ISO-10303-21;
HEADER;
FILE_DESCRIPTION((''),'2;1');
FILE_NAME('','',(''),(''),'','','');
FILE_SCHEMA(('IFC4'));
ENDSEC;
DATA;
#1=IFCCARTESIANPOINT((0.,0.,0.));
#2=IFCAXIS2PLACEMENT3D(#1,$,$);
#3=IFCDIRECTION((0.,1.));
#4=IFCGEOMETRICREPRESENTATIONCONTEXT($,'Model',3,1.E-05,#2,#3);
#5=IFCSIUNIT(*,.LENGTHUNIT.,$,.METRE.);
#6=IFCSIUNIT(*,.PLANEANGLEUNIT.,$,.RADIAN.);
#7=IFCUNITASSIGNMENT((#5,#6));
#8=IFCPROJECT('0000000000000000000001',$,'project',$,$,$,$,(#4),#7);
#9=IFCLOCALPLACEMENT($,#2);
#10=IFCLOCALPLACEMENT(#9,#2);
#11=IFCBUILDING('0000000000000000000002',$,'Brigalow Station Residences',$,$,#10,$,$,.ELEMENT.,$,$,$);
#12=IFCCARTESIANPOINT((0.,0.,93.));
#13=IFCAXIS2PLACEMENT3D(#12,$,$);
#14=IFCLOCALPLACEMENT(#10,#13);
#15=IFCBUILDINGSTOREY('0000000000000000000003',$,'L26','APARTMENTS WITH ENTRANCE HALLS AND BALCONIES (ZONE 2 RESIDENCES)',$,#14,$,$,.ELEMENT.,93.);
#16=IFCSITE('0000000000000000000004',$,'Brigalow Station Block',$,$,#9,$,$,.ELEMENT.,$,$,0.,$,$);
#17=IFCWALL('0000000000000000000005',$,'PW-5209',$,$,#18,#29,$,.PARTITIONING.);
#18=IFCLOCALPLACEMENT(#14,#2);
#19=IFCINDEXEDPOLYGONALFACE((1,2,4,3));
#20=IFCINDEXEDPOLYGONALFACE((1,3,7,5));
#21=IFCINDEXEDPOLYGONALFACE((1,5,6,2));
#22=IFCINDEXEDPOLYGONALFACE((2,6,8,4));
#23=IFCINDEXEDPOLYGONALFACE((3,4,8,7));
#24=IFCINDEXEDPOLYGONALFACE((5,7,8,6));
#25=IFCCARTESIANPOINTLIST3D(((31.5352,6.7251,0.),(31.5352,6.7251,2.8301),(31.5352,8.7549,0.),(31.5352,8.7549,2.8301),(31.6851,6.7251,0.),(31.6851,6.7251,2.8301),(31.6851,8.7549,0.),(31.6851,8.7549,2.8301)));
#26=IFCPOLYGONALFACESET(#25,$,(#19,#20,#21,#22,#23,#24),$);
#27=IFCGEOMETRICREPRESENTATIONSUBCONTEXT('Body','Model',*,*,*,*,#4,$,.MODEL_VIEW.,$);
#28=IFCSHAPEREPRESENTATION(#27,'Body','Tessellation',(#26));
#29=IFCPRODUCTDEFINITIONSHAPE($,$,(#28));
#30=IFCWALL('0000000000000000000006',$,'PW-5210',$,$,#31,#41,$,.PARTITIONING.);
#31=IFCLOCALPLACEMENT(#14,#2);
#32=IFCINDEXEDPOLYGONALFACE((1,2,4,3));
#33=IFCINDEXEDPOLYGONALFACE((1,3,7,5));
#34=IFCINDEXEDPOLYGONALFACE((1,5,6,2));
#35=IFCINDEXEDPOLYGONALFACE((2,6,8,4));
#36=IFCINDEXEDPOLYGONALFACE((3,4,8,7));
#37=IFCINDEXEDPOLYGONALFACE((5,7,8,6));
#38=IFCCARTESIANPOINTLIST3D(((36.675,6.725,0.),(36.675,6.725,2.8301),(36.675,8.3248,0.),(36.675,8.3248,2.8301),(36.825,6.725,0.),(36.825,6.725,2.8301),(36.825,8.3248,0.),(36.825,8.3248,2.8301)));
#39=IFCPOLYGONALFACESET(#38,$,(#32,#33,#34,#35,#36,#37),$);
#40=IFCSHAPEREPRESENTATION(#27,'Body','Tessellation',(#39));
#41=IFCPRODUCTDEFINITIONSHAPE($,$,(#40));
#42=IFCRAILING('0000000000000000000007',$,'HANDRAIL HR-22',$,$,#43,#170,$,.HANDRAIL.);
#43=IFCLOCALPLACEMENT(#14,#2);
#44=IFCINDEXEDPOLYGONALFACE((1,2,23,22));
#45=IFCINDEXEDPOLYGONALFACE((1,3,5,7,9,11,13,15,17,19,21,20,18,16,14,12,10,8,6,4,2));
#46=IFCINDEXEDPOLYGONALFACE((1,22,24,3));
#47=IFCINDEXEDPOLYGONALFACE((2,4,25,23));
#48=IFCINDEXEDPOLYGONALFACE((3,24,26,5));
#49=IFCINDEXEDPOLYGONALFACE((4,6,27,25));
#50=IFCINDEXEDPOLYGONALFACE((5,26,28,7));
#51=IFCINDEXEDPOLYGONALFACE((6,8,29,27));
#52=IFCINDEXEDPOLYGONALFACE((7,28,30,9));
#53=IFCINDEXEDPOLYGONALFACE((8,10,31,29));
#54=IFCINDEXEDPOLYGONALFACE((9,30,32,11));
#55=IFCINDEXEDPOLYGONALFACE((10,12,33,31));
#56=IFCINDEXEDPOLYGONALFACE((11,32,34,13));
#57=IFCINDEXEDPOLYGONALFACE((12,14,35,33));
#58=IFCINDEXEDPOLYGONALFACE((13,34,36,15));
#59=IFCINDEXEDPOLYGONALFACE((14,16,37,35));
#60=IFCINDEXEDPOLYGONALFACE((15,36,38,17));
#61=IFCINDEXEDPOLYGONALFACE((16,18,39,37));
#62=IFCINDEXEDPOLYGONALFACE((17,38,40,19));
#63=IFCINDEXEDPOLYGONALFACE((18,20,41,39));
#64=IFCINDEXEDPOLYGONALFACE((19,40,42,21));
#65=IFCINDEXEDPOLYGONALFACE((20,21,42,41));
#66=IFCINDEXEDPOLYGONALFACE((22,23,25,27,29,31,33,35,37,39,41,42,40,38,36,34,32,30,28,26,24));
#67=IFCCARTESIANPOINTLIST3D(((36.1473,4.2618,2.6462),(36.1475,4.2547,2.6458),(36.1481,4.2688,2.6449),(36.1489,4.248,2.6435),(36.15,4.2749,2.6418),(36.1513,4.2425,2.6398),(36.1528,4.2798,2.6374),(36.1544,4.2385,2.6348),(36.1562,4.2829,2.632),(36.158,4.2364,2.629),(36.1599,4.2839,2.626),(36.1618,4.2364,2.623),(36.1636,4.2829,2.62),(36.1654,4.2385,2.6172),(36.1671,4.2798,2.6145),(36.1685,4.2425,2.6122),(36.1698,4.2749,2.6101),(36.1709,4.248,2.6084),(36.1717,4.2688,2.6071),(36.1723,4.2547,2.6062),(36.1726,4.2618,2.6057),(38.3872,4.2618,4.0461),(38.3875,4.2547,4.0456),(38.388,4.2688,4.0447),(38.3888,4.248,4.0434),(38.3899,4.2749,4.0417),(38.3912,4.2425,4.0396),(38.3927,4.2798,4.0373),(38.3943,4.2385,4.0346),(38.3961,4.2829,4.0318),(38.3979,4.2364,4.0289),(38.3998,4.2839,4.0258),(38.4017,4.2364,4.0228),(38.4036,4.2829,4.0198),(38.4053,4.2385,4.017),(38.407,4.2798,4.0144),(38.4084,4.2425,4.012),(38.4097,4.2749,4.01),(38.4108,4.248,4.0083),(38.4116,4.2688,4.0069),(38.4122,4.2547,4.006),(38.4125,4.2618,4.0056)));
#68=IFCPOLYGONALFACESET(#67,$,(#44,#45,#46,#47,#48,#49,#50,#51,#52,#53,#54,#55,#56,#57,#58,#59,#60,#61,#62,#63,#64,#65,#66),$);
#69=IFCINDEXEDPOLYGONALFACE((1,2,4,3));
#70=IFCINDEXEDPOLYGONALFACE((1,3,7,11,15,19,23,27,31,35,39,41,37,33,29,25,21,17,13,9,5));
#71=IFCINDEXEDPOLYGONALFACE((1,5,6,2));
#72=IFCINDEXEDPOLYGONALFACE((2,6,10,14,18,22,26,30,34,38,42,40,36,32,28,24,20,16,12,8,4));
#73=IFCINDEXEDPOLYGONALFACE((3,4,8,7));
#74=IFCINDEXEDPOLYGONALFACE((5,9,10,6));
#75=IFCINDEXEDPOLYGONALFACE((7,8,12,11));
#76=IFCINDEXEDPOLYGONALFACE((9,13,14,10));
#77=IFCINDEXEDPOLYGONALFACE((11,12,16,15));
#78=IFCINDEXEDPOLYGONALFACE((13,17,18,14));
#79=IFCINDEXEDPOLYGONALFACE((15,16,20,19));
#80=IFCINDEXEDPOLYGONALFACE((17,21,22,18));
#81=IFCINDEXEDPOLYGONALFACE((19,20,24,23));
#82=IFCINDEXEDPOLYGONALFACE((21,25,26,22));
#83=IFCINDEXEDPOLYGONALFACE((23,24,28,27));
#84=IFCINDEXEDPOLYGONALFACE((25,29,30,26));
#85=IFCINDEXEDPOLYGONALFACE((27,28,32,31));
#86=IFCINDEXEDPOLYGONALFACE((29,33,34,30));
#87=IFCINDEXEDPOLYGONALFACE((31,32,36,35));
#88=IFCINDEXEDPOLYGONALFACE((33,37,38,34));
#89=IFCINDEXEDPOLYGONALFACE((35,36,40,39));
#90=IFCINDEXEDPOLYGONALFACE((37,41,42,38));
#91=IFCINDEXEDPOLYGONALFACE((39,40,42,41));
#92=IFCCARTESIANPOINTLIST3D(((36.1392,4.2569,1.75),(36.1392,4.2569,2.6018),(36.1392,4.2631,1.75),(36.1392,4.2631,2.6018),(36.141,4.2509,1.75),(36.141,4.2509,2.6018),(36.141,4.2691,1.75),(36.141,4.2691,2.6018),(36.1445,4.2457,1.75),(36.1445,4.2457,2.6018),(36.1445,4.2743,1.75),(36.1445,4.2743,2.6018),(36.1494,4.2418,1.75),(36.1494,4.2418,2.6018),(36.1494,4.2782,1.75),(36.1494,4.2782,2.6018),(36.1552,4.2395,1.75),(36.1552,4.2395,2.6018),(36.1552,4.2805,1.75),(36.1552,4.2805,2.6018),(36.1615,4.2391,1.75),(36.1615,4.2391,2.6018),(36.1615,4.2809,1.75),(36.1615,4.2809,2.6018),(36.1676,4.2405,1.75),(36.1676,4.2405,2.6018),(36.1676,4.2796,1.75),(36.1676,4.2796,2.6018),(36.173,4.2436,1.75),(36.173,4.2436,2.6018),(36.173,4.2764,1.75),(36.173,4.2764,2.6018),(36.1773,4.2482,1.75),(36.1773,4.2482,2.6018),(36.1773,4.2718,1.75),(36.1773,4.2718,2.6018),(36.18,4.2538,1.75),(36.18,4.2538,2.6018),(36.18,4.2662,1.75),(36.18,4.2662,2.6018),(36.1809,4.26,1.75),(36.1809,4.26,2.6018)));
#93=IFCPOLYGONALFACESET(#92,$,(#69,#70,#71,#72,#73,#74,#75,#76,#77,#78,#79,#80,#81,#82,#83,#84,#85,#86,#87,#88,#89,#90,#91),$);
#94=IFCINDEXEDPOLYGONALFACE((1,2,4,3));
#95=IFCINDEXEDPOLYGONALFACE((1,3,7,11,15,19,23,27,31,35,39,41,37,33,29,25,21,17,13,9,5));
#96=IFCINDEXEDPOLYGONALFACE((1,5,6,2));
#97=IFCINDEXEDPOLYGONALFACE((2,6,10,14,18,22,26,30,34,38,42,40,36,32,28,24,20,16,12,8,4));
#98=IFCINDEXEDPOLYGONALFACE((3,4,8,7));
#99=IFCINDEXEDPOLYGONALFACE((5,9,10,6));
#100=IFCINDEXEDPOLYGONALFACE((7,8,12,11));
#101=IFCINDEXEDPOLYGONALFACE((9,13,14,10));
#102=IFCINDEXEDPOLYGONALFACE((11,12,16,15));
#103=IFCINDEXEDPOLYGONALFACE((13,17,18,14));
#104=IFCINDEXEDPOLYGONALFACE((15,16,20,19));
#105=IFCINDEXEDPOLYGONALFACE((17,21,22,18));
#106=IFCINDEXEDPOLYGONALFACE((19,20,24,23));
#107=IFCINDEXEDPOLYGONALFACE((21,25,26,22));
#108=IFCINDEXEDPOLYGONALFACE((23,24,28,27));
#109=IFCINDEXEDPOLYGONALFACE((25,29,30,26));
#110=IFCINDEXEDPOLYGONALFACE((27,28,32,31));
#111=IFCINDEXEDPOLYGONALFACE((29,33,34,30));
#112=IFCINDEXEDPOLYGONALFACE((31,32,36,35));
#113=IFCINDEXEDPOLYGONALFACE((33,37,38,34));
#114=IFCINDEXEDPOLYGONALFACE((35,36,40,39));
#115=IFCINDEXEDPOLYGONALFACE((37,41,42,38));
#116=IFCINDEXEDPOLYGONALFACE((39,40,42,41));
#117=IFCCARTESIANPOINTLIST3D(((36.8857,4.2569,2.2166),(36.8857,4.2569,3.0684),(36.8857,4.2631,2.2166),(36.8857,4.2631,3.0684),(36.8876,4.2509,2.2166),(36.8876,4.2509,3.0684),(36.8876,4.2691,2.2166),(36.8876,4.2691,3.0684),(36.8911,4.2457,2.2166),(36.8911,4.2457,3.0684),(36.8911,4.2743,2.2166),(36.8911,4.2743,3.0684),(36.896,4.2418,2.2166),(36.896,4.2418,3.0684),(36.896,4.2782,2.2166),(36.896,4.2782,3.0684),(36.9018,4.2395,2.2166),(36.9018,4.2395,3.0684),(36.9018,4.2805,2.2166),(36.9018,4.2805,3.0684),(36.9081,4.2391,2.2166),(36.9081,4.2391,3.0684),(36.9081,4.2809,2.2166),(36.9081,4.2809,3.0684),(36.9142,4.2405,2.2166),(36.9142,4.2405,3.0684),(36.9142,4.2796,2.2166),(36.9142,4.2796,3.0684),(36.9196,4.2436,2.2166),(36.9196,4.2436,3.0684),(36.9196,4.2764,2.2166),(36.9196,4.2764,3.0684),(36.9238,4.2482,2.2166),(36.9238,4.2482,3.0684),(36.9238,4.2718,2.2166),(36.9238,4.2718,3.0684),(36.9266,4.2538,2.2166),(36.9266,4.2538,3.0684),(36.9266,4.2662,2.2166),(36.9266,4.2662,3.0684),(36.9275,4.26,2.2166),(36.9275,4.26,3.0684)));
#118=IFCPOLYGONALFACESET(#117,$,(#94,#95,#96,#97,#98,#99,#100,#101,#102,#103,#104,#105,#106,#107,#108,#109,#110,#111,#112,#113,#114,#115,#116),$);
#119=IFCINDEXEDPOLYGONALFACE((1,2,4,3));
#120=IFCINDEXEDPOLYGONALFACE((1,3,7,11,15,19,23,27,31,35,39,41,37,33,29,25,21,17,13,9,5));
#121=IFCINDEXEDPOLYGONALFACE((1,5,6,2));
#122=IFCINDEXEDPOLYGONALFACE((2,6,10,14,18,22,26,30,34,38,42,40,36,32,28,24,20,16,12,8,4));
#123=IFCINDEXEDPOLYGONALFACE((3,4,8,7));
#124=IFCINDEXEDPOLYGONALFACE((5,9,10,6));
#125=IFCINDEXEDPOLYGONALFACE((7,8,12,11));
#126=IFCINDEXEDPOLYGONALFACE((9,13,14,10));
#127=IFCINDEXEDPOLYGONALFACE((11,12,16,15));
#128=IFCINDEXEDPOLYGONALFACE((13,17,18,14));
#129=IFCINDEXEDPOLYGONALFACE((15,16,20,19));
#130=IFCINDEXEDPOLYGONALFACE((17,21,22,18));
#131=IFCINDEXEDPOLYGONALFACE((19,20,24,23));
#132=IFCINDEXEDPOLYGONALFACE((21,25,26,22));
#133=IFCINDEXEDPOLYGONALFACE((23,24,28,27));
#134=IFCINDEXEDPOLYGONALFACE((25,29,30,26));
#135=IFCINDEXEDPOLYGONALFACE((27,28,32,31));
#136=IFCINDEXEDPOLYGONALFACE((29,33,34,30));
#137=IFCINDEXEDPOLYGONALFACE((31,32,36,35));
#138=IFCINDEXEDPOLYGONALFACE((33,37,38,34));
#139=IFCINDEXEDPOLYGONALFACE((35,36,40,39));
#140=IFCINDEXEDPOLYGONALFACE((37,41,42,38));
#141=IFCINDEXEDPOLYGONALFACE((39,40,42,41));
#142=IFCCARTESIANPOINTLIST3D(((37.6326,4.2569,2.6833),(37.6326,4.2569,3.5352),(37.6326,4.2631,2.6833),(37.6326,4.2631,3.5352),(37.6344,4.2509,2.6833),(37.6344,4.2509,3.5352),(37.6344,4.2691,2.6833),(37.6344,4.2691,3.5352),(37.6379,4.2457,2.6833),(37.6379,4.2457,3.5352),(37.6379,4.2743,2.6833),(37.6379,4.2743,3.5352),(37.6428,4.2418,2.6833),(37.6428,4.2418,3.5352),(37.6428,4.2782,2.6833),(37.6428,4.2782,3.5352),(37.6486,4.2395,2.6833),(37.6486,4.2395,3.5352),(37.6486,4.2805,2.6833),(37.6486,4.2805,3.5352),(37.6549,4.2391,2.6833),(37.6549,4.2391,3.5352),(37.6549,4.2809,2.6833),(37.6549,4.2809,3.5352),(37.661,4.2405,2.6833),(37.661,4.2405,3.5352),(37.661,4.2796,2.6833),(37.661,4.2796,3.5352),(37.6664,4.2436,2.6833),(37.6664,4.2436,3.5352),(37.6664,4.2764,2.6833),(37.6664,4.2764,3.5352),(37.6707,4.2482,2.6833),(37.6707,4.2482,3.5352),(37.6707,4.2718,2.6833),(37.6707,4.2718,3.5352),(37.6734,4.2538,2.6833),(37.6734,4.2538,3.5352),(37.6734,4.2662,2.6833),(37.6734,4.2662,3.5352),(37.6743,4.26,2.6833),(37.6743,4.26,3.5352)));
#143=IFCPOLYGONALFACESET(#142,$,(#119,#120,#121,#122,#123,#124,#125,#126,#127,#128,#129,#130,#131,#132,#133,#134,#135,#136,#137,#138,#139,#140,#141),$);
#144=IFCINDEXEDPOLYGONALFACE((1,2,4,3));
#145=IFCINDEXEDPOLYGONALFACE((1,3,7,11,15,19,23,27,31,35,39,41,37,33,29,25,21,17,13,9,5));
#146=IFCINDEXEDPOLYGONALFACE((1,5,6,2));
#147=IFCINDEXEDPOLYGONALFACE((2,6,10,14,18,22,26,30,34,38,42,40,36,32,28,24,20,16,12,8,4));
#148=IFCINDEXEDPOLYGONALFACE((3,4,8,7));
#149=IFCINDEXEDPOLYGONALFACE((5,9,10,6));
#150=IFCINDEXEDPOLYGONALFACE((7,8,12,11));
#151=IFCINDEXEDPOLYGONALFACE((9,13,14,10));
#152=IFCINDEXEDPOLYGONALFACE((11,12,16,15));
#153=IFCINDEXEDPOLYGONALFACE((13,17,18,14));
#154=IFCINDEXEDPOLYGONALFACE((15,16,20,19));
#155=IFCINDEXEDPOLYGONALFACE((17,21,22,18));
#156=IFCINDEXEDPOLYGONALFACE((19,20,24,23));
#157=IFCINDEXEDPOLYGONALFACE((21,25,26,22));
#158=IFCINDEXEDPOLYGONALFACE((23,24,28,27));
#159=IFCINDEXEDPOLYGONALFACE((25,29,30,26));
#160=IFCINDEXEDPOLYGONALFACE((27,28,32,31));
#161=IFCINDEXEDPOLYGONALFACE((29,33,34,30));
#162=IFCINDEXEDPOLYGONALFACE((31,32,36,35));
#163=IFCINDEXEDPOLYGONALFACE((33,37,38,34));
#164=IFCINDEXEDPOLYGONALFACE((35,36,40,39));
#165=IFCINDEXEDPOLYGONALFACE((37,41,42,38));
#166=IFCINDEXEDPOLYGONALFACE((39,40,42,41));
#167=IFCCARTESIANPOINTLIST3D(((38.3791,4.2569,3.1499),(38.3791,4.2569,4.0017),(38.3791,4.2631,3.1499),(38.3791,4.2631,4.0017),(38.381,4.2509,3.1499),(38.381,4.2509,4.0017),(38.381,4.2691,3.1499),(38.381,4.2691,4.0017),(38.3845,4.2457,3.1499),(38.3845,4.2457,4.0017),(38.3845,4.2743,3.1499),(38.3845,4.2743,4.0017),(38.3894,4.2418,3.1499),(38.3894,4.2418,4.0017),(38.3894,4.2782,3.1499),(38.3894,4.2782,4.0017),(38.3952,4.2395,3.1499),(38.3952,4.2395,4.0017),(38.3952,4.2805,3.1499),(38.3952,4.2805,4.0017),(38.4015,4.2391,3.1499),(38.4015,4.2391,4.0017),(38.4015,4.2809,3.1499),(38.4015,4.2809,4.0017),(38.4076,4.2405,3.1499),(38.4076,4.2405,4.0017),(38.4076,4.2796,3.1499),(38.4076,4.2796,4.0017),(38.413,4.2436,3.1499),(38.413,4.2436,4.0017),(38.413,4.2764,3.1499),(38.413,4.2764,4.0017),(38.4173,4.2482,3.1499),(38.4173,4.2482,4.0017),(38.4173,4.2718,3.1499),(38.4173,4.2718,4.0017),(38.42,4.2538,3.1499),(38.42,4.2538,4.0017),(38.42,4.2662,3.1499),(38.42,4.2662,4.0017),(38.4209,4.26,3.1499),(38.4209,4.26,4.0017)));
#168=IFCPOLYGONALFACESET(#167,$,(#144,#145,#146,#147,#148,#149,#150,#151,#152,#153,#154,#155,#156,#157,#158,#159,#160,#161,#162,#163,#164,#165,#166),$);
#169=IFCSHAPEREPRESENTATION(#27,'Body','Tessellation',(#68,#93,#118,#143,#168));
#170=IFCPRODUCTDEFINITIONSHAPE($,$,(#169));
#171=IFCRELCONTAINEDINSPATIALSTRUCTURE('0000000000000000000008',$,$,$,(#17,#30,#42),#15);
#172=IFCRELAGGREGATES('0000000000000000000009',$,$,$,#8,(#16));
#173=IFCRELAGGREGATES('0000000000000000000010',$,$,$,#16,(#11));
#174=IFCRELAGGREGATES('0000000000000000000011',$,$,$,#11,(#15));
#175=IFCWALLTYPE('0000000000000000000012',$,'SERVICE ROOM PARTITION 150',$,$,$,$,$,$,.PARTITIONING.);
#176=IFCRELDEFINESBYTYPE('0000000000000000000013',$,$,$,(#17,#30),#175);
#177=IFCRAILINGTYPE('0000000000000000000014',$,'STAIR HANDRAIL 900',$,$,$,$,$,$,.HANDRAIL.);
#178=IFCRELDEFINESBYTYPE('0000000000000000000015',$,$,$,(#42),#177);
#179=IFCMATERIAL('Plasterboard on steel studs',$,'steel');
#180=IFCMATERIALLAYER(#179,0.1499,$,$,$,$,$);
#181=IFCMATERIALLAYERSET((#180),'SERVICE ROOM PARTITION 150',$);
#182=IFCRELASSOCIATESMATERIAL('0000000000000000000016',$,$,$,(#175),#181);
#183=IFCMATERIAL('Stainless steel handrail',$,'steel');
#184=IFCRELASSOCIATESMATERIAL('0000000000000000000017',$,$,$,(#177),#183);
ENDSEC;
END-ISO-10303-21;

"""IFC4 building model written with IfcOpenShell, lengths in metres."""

from ifc_helpers import new_model, si_unit, direction, frame, frame_2d, origin, origin_2d, place, context, subcontext, project, spatial, rectangle, circle, extrude, material, layer, layer_set, type_object, element, save


model = new_model("IFC4")

# Units and contexts
model_context = context("Model", 3, precision=1e-05, world=origin(), true_north=direction((0.0, 1.0)))
body_context = subcontext(model_context, "Body", "Model", "MODEL_VIEW")
ifc_project = project(units=[si_unit("LENGTHUNIT", "METRE"), si_unit("PLANEANGLEUNIT", "RADIAN")], contexts=[model_context])

# Site, building, storey
site_placement = place(None, origin())
site = spatial("IfcSite", under=ifc_project, at=site_placement, Name="Brigalow Station Block", CompositionType="ELEMENT", RefElevation=0.0)
building_placement = place(site_placement, origin())
building = spatial("IfcBuilding", under=site, at=building_placement, Name="Brigalow Station Residences", CompositionType="ELEMENT")
storey_placement = place(building_placement, frame((0.0, 0.0, 93.0)))
storey = spatial("IfcBuildingStorey", under=building, at=storey_placement, Name="L26", Description="APARTMENTS WITH ENTRANCE HALLS AND BALCONIES (ZONE 2 RESIDENCES)", CompositionType="ELEMENT", Elevation=93.0)

# Walls
ifc_material_1 = material(Name="Plasterboard on steel studs", Category="steel")
ifc_layer_1 = layer(ifc_material_1, 0.1499)
ifc_layer_set_1 = layer_set([ifc_layer_1], Name="SERVICE ROOM PARTITION 150")
wall_type_1 = type_object("IfcWallType", Name="SERVICE ROOM PARTITION 150", PredefinedType="PARTITIONING", material=ifc_layer_set_1)
for number, where, z_axis, x_axis, name in (
    (1, (31.6101, 6.7251, 0.0), (0.0, 0.0, 1.0), (0.0, 1.0, 0.0), "PW-5209"),
):
    element("IfcWall", number, at=place(storey_placement, frame(where, z_axis=z_axis, x_axis=x_axis)), inside=storey, type_object=wall_type_1, Name=name, PredefinedType="PARTITIONING", context=body_context, shape_type="SweptSolid", body=[
        extrude(rectangle(XDim=2.0298, YDim=0.1499, at=frame_2d((1.0149, 0.0))), origin(), (0.0, 0.0, 1.0), 2.8301),
    ])
wall_1_placement = place(storey_placement, frame((36.75, 6.7251, 0.0), z_axis=(0.0, 0.0, 1.0), x_axis=(0.0, 1.0, 0.0)))
element("IfcWall", 2, at=wall_1_placement, inside=storey, type_object=wall_type_1, Name="PW-5210", PredefinedType="PARTITIONING", context=body_context, shape_type="SweptSolid", body=[
    extrude(rectangle(XDim=1.5999, YDim=0.1499, at=frame_2d((0.7998, 0.0))), origin(), (0.0, 0.0, 1.0), 2.8301),
])

# Railing
ifc_material_2 = material(Name="Stainless steel handrail", Category="steel")
railing_type = type_object("IfcRailingType", Name="STAIR HANDRAIL 900", PredefinedType="HANDRAIL", material=ifc_material_2)
railing_placement = place(storey_placement, frame((36.1599, 4.26, 1.75)))
element("IfcRailing", 3, at=railing_placement, inside=storey, type_object=railing_type, Name="HANDRAIL HR-22", PredefinedType="HANDRAIL", context=body_context, shape_type="SweptSolid", body=[
    extrude(circle(Radius=0.0239, at=origin_2d()), frame((0.0, 0.0, 0.876), z_axis=(0.848014, 0.0, 0.529974), x_axis=(0.0, 1.0, 0.0)), (0.0, 0.0, 1.0), 2.6414),
    extrude(circle(Radius=0.021, at=origin_2d()), origin(), (0.0, 0.0, 1.0), 0.8518),
    extrude(circle(Radius=0.021, at=origin_2d()), frame((0.7466, 0.0, 0.4666)), (0.0, 0.0, 1.0), 0.8518),
    extrude(circle(Radius=0.021, at=origin_2d()), frame((1.4934, 0.0, 0.9333)), (0.0, 0.0, 1.0), 0.8518),
    extrude(circle(Radius=0.021, at=origin_2d()), frame((2.24, 0.0, 1.3999)), (0.0, 0.0, 1.0), 0.8518),
])

save(model, "model.ifc")
